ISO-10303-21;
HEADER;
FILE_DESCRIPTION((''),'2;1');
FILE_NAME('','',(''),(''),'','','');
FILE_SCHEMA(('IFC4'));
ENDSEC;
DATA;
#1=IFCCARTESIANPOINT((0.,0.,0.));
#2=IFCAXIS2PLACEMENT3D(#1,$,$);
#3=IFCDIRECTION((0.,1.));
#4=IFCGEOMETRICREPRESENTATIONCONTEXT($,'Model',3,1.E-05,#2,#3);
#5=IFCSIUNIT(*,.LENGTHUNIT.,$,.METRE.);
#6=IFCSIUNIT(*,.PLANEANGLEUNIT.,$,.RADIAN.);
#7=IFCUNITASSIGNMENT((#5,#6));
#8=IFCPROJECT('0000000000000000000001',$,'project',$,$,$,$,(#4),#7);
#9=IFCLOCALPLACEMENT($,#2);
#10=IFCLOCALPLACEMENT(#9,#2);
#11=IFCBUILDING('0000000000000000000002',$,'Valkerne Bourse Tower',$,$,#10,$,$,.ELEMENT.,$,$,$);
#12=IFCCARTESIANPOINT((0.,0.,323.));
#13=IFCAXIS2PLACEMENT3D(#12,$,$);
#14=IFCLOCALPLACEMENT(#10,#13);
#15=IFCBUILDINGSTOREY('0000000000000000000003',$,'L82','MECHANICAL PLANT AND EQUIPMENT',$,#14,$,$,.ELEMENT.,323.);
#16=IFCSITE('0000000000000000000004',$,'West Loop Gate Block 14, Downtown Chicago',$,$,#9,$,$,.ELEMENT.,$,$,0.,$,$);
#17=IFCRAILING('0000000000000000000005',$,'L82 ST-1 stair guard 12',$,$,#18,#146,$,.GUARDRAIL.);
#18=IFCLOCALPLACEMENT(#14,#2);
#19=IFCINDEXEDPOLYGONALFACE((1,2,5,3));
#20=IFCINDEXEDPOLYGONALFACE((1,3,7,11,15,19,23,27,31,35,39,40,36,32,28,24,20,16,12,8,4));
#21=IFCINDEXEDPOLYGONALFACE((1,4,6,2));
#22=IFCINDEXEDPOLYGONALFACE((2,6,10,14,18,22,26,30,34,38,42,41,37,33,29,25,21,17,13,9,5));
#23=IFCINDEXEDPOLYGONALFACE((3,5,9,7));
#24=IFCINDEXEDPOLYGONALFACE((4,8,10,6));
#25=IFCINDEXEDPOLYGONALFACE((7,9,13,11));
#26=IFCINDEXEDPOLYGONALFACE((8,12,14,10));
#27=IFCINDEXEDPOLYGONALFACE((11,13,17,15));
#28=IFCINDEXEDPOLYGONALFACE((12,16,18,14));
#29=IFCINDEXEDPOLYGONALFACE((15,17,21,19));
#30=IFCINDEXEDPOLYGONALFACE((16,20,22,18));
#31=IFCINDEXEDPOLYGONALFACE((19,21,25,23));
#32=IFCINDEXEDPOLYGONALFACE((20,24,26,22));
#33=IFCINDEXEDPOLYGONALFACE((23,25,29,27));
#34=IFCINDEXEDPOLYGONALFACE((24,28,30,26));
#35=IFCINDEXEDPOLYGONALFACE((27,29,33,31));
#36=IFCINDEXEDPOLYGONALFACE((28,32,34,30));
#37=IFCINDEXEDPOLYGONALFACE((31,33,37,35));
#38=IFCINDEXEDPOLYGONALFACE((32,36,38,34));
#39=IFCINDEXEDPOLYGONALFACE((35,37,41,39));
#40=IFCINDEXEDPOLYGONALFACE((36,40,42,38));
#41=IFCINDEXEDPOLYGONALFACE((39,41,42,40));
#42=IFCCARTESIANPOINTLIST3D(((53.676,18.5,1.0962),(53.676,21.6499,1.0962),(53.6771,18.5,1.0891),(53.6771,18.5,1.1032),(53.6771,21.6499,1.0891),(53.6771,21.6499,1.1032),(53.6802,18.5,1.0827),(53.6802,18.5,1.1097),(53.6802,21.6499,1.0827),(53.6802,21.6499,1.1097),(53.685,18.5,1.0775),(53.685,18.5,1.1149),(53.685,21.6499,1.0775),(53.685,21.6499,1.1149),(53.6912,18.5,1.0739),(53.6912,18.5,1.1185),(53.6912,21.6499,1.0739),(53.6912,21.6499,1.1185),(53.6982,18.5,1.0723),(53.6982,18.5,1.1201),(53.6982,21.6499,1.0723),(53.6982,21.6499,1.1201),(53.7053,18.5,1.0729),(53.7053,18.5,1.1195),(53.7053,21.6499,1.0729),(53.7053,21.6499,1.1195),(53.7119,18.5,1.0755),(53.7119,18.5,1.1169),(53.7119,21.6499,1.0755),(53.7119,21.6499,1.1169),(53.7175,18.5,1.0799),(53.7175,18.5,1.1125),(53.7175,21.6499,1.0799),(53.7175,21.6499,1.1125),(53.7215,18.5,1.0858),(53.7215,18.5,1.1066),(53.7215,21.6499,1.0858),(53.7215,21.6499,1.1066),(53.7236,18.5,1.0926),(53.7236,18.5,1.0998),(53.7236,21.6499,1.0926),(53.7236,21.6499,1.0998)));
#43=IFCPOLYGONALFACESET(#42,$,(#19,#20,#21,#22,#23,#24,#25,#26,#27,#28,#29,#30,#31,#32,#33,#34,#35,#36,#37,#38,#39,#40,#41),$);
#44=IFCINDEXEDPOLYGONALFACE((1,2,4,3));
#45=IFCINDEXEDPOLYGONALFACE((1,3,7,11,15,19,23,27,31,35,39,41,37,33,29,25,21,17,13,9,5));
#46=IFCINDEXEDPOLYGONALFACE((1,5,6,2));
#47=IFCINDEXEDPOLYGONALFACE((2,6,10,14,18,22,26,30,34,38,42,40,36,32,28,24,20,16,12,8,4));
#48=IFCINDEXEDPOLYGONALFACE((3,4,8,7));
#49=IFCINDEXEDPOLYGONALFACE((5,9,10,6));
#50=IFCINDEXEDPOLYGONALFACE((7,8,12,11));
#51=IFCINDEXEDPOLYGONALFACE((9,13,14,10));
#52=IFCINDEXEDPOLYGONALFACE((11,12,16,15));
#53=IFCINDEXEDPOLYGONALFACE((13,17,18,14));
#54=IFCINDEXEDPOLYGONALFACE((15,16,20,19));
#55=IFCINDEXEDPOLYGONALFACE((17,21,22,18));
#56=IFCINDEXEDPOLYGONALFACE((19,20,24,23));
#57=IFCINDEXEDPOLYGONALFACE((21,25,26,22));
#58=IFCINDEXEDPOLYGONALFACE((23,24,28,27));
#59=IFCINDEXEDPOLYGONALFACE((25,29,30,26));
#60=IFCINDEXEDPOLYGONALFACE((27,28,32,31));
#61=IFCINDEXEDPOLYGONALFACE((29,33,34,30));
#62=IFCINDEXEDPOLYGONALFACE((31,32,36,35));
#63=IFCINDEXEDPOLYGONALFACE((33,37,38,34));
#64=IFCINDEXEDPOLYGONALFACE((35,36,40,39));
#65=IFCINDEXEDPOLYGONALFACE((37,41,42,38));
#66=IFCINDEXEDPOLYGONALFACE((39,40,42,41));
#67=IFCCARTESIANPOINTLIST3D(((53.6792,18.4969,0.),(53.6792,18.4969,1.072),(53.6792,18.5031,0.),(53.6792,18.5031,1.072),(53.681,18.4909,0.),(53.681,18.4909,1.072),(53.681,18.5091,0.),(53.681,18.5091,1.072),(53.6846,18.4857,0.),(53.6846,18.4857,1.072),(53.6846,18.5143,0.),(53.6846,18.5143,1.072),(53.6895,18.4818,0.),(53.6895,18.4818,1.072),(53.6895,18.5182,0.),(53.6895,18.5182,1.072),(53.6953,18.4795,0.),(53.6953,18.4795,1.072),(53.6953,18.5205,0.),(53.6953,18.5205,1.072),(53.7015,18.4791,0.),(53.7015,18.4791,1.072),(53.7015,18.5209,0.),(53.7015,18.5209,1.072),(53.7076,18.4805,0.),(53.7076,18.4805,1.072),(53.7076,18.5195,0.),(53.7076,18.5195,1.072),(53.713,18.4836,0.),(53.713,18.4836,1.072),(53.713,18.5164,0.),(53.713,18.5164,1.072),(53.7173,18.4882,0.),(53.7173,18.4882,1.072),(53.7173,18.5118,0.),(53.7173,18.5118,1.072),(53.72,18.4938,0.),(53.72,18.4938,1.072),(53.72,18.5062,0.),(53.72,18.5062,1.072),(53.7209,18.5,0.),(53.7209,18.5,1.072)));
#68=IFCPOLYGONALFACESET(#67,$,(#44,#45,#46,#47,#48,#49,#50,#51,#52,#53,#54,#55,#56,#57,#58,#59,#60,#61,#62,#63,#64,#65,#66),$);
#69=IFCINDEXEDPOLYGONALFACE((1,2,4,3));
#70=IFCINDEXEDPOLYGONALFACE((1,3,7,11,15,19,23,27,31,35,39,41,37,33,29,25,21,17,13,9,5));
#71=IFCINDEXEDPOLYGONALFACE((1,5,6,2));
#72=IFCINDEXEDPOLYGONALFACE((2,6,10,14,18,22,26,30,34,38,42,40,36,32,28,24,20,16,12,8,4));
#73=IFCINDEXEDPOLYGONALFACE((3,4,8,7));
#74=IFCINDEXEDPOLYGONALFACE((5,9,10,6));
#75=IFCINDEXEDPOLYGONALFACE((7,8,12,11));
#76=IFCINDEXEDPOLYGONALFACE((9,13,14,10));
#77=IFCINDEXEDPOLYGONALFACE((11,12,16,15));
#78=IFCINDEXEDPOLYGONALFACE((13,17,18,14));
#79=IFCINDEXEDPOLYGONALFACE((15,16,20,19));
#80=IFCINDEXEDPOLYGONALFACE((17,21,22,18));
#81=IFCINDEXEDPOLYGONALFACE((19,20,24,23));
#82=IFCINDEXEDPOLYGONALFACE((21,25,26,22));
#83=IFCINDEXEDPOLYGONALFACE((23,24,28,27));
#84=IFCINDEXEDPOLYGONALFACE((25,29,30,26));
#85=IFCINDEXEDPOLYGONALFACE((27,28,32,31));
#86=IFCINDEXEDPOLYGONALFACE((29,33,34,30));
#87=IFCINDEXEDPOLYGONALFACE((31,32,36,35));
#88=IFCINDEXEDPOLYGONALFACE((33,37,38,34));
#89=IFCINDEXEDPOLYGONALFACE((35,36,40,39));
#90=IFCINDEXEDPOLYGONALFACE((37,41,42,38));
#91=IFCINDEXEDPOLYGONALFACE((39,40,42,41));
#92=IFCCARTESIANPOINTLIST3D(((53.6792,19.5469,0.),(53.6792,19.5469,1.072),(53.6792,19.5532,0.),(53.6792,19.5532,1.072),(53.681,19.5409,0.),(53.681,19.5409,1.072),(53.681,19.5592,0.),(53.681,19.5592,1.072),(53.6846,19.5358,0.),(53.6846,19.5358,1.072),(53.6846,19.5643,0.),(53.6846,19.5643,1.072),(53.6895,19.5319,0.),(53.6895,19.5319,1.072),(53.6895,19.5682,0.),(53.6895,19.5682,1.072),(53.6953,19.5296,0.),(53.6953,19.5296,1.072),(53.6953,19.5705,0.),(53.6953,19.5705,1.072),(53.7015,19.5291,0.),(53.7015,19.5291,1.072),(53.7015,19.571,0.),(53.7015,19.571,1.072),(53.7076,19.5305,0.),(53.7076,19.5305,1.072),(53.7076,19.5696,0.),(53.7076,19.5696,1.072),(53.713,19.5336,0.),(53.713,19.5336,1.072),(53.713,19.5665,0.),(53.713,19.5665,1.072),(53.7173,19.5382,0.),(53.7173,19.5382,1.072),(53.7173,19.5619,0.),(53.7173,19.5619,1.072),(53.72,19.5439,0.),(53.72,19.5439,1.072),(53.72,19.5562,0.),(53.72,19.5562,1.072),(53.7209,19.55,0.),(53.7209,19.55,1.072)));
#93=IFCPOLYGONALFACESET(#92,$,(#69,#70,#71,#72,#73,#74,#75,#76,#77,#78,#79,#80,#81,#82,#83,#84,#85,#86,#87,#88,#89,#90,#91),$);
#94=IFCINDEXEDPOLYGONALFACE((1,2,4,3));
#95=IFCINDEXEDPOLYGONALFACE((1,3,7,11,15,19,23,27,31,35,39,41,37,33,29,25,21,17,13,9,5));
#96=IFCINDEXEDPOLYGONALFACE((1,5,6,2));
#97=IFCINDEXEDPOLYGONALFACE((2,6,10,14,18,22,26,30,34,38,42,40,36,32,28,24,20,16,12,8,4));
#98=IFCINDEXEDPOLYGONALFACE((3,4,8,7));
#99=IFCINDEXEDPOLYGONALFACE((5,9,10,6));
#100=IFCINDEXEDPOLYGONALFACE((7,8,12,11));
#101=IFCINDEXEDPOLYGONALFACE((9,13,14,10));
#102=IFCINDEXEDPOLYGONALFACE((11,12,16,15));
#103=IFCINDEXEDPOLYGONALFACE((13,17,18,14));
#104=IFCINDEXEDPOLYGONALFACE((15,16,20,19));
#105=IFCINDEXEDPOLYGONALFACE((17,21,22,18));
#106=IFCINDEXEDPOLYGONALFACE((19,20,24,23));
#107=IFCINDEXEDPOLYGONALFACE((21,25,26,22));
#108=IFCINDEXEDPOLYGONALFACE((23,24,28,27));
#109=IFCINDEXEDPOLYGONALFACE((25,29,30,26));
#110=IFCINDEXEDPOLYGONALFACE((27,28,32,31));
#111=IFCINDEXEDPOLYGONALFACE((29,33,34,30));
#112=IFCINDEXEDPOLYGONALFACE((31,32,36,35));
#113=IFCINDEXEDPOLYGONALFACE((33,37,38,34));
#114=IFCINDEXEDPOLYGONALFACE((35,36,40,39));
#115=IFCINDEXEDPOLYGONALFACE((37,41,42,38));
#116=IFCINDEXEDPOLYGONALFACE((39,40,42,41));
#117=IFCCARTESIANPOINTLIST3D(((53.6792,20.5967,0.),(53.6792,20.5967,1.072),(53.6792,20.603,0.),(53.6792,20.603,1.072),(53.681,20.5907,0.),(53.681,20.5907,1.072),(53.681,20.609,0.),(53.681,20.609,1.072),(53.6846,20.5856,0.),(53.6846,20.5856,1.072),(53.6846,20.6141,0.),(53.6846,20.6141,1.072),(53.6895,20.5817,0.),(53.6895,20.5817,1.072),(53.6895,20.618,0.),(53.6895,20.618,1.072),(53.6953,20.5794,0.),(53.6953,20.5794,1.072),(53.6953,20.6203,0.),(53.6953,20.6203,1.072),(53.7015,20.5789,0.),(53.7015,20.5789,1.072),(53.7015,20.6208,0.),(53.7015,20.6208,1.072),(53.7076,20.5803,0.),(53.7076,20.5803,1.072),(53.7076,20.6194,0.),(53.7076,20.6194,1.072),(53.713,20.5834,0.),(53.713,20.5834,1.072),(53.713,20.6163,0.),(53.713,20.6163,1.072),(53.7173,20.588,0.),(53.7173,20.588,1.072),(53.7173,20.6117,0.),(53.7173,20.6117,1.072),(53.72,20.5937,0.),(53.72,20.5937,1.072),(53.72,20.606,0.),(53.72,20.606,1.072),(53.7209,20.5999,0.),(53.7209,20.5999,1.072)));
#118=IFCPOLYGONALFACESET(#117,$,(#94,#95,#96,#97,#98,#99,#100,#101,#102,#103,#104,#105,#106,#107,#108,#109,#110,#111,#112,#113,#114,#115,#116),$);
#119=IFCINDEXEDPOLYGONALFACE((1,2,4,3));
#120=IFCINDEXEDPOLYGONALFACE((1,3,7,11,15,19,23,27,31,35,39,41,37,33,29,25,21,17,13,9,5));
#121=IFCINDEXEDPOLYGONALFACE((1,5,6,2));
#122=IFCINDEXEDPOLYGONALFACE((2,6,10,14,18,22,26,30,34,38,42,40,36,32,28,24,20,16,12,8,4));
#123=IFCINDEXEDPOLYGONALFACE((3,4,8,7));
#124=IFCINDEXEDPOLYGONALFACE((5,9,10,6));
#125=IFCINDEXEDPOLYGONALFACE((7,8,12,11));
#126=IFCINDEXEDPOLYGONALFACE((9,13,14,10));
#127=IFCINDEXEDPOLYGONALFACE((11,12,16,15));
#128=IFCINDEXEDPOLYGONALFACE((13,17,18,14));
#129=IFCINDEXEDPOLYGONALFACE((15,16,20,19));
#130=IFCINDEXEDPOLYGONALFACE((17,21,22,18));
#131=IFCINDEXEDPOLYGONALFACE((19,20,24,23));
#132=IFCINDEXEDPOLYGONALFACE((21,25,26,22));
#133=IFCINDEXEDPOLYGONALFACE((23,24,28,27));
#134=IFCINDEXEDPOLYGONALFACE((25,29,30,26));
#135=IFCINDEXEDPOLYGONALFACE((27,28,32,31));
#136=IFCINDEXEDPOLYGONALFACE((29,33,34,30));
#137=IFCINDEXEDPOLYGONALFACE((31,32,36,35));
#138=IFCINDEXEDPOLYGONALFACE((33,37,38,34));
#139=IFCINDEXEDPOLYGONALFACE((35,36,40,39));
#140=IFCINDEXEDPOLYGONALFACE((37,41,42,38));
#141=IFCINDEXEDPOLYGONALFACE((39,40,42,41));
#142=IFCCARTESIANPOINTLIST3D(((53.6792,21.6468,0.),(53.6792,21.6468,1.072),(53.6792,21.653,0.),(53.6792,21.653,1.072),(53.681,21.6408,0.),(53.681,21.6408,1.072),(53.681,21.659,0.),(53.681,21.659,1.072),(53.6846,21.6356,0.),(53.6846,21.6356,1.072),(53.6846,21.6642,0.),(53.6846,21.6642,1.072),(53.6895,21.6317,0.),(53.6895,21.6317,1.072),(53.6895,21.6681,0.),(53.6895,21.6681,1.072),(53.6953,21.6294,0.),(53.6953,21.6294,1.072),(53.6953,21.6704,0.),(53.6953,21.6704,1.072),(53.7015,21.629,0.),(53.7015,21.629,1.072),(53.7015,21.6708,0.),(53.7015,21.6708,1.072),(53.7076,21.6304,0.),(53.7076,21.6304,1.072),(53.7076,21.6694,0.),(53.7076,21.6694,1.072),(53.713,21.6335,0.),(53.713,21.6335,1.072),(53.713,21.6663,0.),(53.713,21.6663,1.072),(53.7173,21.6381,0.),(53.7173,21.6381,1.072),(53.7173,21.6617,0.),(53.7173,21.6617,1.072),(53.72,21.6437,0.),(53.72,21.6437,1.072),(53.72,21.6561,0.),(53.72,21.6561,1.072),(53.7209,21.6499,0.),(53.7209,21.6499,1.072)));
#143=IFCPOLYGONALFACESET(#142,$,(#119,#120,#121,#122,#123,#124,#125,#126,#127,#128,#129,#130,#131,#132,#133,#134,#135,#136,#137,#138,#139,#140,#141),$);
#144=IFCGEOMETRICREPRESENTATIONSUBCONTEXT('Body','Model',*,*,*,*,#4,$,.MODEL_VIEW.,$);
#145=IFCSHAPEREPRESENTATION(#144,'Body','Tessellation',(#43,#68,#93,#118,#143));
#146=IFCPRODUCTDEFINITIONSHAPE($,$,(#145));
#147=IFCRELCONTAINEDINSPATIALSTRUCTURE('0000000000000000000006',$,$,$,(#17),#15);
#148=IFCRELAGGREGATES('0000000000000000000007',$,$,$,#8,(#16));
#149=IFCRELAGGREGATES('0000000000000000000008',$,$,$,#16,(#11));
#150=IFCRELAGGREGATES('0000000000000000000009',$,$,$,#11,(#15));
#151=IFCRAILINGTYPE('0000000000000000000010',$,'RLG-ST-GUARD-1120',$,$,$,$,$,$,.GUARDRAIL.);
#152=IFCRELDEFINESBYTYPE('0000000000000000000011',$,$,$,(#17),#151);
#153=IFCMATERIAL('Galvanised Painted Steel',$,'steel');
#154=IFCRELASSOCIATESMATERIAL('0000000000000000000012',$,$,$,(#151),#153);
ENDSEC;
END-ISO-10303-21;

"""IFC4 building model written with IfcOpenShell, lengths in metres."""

from ifc_helpers import new_model, si_unit, direction, frame, origin, origin_2d, place, context, subcontext, project, spatial, circle, extrude, material, type_object, element, save


model = new_model("IFC4")

# Units and contexts
model_context = context("Model", 3, precision=1e-05, world=origin(), true_north=direction((0.0, 1.0)))
body_context = subcontext(model_context, "Body", "Model", "MODEL_VIEW")
ifc_project = project(units=[si_unit("LENGTHUNIT", "METRE"), si_unit("PLANEANGLEUNIT", "RADIAN")], contexts=[model_context])

# Site, building, storey
site_placement = place(None, origin())
site = spatial("IfcSite", under=ifc_project, at=site_placement, Name="West Loop Gate Block 14, Downtown Chicago", CompositionType="ELEMENT", RefElevation=0.0)
building_placement = place(site_placement, origin())
building = spatial("IfcBuilding", under=site, at=building_placement, Name="Valkerne Bourse Tower", CompositionType="ELEMENT")
storey_placement = place(building_placement, frame((0.0, 0.0, 323.0)))
storey = spatial("IfcBuildingStorey", under=building, at=storey_placement, Name="L82", Description="MECHANICAL PLANT AND EQUIPMENT", CompositionType="ELEMENT", Elevation=323.0)

# Shared definitions
ifc_material_1 = material(Name="Galvanised Painted Steel", Category="steel")

# Railing
railing_type = type_object("IfcRailingType", Name="RLG-ST-GUARD-1120", PredefinedType="GUARDRAIL", material=ifc_material_1)
railing_1_placement = place(storey_placement, frame((53.7, 18.5, 0.0)))
element("IfcRailing", 1, at=railing_1_placement, inside=storey, type_object=railing_type, Name="L82 ST-1 stair guard 12", PredefinedType="GUARDRAIL", context=body_context, shape_type="SweptSolid", body=[
    extrude(circle(Radius=0.0239, at=origin_2d()), frame((0.0, 0.0, 1.0962), z_axis=(0.0, 1.0, 0.0), x_axis=(-1.0, 0.0, 0.0)), (0.0, 0.0, 1.0), 3.1499),
    extrude(circle(Radius=0.021, at=origin_2d()), origin(), (0.0, 0.0, 1.0), 1.072),
    extrude(circle(Radius=0.021, at=origin_2d()), frame((0.0, 1.05, 0.0)), (0.0, 0.0, 1.0), 1.072),
    extrude(circle(Radius=0.021, at=origin_2d()), frame((0.0, 2.0999, 0.0)), (0.0, 0.0, 1.0), 1.072),
    extrude(circle(Radius=0.021, at=origin_2d()), frame((0.0, 3.1499, 0.0)), (0.0, 0.0, 1.0), 1.072),
])

save(model, "model.ifc")
